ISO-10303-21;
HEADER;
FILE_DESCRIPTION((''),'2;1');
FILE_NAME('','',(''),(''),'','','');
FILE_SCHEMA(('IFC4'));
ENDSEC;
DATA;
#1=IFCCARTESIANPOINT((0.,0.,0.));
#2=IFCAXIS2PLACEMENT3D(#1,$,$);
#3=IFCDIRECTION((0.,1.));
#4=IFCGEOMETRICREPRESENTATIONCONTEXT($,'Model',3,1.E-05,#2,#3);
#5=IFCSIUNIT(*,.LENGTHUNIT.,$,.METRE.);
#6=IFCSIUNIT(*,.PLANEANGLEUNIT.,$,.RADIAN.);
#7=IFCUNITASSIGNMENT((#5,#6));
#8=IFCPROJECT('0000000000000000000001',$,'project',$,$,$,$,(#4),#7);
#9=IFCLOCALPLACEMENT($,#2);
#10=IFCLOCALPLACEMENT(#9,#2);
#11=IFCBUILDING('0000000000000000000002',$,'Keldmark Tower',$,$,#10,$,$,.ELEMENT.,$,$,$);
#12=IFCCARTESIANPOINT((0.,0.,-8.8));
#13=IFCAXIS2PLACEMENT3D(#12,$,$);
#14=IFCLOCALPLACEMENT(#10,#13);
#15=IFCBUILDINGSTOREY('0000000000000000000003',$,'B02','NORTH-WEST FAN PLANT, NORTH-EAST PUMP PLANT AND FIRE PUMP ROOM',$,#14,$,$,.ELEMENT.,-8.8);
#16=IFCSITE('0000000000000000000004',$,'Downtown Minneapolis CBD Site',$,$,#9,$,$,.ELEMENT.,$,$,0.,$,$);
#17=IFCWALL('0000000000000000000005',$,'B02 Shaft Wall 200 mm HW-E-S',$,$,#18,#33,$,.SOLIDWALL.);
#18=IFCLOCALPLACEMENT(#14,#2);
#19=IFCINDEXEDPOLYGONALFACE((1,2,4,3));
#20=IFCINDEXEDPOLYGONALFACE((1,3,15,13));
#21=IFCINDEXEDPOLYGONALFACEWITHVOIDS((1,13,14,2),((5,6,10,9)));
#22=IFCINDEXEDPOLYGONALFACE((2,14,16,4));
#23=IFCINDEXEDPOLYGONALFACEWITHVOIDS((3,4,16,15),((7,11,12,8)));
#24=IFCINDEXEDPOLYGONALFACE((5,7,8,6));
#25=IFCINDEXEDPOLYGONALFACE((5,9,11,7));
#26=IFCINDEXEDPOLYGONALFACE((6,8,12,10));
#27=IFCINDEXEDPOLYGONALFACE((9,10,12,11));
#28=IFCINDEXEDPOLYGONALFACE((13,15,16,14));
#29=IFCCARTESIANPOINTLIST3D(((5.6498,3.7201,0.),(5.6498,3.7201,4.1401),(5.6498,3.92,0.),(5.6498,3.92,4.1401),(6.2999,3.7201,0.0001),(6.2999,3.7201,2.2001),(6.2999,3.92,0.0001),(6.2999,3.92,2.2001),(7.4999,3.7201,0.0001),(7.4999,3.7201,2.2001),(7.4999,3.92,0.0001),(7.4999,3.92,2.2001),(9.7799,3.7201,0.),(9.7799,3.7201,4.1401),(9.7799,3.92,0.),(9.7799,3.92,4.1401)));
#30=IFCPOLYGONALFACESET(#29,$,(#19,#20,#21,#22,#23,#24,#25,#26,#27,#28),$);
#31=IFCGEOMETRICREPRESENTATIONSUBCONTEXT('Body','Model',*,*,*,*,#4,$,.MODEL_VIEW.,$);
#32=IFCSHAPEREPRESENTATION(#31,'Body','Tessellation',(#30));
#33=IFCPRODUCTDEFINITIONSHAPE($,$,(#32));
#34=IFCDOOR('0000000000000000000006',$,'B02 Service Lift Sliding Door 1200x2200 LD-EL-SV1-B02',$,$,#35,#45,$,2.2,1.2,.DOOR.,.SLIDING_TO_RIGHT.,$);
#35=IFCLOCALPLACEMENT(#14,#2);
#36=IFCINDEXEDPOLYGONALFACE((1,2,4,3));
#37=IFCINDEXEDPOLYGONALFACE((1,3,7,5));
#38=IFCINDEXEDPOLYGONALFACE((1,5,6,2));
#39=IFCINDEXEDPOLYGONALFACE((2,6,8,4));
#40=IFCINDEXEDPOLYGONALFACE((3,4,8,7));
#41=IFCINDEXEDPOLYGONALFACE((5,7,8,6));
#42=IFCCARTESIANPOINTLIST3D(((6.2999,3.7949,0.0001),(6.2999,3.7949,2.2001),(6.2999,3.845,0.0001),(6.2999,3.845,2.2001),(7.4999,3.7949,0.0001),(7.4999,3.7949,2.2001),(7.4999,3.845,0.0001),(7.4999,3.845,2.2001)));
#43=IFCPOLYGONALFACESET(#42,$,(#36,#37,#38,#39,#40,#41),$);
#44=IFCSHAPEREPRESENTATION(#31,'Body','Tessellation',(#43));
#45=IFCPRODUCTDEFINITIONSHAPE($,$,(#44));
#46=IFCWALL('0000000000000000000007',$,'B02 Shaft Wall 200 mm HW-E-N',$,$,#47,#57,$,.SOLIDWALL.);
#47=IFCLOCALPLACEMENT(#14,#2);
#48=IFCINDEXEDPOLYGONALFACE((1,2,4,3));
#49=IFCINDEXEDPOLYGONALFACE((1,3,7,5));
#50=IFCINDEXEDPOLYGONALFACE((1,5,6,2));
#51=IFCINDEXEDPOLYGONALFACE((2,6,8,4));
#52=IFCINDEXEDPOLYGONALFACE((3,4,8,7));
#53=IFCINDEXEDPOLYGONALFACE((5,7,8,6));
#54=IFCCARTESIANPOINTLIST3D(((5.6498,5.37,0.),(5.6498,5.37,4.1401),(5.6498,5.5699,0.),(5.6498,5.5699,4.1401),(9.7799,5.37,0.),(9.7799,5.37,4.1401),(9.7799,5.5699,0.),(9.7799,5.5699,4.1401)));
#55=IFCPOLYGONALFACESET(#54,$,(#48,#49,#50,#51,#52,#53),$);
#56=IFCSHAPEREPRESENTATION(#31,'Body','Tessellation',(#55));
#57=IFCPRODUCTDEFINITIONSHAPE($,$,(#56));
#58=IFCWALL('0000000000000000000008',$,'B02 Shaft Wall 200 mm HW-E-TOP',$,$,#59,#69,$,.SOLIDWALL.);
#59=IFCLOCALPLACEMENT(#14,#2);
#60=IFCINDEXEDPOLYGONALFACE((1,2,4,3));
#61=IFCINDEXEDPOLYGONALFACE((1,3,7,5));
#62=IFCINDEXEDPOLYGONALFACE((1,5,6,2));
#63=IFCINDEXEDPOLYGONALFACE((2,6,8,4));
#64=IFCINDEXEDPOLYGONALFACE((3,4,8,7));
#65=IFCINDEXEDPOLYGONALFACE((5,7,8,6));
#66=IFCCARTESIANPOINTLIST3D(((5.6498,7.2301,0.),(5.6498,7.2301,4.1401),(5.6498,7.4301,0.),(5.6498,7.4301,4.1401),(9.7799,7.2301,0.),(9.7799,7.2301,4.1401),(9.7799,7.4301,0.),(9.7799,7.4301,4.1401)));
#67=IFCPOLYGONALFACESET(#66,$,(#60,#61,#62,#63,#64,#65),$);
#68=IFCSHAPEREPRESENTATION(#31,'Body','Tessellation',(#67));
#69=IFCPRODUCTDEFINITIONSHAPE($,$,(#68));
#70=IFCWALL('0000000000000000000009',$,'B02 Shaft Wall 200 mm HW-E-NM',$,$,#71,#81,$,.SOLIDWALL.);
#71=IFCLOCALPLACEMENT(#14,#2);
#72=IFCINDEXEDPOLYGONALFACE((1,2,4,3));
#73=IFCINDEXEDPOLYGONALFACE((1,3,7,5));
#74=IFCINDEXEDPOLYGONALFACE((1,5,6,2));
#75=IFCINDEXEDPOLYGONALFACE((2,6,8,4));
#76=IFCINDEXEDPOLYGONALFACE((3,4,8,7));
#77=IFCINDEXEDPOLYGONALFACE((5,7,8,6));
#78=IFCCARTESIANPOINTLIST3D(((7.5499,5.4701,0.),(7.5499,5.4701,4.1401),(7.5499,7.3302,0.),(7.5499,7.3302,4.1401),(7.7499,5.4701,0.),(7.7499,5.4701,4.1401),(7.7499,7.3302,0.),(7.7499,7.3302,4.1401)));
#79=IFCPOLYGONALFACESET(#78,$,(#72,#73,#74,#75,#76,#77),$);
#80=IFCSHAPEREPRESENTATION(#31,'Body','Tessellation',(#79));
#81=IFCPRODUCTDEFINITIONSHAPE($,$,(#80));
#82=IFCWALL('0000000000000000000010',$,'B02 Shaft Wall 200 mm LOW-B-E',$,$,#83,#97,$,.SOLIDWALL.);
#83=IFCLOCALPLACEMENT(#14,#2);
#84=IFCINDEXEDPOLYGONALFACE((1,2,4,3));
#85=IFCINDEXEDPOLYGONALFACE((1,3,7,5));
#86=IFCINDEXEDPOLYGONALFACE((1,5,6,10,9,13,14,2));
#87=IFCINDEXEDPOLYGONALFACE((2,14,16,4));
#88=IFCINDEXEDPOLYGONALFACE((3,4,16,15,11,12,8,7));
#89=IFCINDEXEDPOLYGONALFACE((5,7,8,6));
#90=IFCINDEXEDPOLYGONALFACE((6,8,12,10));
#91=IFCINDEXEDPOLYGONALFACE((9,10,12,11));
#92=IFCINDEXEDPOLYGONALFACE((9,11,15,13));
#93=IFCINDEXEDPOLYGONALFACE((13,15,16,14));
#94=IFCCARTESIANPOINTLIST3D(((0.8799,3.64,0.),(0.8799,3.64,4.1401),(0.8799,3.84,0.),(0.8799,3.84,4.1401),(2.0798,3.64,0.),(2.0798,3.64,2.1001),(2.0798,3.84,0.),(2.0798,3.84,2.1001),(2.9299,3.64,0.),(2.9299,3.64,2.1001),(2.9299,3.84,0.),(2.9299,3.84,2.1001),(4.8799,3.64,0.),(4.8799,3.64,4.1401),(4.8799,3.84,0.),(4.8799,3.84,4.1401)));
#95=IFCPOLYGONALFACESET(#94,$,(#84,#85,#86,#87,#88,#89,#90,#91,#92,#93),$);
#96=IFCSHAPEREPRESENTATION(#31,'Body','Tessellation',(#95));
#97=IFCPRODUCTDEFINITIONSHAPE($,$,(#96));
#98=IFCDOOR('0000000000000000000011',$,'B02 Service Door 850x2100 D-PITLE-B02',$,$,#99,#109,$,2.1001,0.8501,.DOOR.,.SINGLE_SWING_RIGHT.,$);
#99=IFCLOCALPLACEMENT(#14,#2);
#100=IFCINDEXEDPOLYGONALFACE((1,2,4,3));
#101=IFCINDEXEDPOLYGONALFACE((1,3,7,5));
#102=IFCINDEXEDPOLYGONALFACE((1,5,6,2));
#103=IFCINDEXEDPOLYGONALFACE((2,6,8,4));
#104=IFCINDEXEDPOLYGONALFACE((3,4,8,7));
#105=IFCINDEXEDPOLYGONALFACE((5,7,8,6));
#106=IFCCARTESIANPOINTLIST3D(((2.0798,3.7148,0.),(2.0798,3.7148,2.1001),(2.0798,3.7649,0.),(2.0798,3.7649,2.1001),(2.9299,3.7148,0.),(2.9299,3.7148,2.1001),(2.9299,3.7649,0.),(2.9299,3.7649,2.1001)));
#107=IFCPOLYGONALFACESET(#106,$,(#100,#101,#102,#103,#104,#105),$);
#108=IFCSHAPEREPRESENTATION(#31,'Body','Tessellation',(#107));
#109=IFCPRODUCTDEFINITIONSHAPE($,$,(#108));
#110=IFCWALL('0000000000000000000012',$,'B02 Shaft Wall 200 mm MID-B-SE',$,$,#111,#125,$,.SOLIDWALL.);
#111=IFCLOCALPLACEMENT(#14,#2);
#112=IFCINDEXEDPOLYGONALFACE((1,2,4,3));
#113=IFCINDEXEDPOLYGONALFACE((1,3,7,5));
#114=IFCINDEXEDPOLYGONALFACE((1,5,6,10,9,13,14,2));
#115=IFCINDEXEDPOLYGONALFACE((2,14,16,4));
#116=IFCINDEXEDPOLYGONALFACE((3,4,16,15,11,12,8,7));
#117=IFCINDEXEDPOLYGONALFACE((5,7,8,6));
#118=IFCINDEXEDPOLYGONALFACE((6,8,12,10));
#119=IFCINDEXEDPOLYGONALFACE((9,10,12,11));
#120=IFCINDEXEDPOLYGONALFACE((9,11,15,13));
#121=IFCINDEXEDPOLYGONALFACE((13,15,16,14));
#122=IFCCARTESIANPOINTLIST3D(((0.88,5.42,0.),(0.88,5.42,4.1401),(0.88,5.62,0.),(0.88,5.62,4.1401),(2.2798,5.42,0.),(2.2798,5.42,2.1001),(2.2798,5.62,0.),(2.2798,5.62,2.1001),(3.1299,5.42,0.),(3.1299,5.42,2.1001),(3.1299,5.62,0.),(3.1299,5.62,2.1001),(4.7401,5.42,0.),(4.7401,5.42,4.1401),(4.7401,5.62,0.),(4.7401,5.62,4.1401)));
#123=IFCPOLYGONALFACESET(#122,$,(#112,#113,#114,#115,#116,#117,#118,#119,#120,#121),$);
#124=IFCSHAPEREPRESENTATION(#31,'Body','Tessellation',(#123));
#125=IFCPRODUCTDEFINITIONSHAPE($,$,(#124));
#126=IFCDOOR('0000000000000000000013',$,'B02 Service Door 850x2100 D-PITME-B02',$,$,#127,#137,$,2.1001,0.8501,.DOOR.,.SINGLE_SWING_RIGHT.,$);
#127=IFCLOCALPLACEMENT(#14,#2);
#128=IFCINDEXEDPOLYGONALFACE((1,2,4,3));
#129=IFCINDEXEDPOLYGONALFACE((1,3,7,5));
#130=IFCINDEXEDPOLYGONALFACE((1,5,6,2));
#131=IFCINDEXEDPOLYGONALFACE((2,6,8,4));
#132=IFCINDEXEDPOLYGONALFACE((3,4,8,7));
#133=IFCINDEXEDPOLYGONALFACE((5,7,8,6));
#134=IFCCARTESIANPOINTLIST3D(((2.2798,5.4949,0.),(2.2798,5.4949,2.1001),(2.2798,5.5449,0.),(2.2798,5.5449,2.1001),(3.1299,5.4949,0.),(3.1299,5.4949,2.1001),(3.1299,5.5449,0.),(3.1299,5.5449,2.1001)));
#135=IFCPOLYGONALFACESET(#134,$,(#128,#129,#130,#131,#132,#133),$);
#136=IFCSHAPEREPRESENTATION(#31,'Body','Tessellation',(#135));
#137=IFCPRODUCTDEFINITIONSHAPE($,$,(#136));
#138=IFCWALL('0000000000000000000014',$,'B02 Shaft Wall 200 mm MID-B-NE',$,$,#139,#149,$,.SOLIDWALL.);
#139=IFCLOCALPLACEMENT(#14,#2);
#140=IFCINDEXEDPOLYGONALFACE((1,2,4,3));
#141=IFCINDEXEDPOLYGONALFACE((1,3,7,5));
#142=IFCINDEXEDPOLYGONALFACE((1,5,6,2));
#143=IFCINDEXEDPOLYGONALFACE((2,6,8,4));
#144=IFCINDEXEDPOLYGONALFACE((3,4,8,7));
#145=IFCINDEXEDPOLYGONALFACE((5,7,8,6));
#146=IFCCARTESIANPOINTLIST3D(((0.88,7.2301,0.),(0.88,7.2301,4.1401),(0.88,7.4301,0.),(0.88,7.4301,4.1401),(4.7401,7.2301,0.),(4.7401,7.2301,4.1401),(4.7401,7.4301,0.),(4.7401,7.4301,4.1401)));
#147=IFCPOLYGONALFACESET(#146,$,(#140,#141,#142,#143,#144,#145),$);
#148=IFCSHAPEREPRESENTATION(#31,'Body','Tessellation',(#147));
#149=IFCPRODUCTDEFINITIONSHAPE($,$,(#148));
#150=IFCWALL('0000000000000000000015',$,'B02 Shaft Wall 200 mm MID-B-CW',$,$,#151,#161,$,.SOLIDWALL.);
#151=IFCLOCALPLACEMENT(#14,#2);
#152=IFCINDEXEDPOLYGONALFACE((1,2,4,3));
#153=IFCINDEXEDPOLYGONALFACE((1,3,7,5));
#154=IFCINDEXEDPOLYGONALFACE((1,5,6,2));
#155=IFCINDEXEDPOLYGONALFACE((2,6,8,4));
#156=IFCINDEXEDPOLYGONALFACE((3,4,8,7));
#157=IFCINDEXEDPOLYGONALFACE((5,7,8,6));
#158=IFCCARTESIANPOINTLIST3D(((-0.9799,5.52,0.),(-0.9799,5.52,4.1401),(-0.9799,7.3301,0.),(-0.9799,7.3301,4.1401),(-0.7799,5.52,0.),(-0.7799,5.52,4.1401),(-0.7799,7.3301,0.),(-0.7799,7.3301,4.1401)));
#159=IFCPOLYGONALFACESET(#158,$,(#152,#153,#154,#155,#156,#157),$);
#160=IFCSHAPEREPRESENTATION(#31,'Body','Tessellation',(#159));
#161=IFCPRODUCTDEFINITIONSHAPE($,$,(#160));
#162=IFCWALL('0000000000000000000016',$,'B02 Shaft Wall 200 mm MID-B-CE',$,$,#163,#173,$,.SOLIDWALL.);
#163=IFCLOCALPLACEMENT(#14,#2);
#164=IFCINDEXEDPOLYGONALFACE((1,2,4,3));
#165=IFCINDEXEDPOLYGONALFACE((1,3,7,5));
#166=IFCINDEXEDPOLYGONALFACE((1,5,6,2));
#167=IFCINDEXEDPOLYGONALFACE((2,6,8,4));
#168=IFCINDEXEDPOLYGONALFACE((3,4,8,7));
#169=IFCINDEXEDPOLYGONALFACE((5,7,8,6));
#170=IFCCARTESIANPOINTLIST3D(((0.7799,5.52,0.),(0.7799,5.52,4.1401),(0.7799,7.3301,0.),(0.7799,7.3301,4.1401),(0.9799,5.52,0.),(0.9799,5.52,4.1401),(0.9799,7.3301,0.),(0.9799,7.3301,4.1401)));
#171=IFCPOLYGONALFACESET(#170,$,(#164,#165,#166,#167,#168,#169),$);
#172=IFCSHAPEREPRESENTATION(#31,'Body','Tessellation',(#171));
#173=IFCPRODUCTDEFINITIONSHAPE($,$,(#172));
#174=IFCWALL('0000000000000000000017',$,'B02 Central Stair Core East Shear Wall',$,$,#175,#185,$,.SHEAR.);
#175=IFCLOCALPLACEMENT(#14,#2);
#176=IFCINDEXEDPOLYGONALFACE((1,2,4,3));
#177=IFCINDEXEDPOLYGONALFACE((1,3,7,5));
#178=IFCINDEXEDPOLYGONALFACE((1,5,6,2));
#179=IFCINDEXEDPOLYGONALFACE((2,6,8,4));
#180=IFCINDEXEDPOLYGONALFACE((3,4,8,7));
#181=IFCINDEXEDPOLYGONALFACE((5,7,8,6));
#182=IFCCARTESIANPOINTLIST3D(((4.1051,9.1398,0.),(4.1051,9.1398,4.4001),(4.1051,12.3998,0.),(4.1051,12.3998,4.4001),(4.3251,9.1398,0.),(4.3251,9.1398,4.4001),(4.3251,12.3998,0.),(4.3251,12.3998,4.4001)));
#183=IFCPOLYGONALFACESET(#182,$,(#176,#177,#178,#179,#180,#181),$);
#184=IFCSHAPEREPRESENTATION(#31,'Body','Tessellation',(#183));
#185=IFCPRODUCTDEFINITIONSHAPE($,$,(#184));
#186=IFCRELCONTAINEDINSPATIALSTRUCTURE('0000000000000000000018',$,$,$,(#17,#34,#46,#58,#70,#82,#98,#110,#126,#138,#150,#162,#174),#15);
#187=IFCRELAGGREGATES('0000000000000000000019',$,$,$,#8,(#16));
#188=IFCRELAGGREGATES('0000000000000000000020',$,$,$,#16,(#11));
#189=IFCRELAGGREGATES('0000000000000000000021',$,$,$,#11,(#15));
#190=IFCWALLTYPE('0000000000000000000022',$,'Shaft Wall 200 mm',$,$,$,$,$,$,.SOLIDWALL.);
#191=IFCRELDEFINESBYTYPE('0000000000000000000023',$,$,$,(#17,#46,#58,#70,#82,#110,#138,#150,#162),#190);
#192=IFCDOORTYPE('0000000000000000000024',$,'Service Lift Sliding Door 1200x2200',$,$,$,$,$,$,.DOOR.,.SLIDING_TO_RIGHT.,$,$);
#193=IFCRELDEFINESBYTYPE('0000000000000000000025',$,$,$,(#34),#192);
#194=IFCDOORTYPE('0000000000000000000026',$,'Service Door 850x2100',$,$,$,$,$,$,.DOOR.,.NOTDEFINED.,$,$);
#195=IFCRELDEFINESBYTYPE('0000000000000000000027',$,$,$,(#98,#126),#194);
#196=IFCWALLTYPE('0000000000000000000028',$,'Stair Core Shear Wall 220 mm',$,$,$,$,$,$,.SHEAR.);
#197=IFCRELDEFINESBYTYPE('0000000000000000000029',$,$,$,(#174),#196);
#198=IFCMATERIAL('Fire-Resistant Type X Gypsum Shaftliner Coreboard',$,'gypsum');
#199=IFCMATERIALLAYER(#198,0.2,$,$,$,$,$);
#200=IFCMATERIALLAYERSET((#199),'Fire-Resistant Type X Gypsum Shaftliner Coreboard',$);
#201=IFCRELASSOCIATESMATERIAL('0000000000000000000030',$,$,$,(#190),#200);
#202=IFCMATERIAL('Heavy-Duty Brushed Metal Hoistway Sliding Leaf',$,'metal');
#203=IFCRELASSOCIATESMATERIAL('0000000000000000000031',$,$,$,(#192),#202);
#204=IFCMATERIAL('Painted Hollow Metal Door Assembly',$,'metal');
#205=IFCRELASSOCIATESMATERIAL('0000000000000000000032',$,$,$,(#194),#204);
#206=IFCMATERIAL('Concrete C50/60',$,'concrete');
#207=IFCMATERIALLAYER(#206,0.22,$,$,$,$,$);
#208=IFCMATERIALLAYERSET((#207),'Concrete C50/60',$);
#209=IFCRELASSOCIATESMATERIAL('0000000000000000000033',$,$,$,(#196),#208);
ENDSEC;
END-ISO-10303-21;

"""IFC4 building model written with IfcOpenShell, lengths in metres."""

from ifc_helpers import new_model, si_unit, direction, frame, frame_2d, origin, place, context, subcontext, project, spatial, rectangle, extrude, material, layer, layer_set, type_object, element, fill, save


model = new_model("IFC4")

# Units and contexts
model_context = context("Model", 3, precision=1e-05, world=origin(), true_north=direction((0.0, 1.0)))
body_context = subcontext(model_context, "Body", "Model", "MODEL_VIEW")
ifc_project = project(units=[si_unit("LENGTHUNIT", "METRE"), si_unit("PLANEANGLEUNIT", "RADIAN")], contexts=[model_context])

# Site, building, storey
site_placement = place(None, origin())
site = spatial("IfcSite", under=ifc_project, at=site_placement, Name="Downtown Minneapolis CBD Site", CompositionType="ELEMENT", RefElevation=0.0)
building_placement = place(site_placement, origin())
building = spatial("IfcBuilding", under=site, at=building_placement, Name="Keldmark Tower", CompositionType="ELEMENT")
storey_placement = place(building_placement, frame((0.0, 0.0, -8.8)))
storey = spatial("IfcBuildingStorey", under=building, at=storey_placement, Name="B02", Description="NORTH-WEST FAN PLANT, NORTH-EAST PUMP PLANT AND FIRE PUMP ROOM", CompositionType="ELEMENT", Elevation=-8.8)

# Wall, opening, door
ifc_material_1 = material(Name="Fire-Resistant Type X Gypsum Shaftliner Coreboard", Category="gypsum")
ifc_layer_1 = layer(ifc_material_1, 0.2)
ifc_layer_set_1 = layer_set([ifc_layer_1], Name="Fire-Resistant Type X Gypsum Shaftliner Coreboard")
wall_type_1 = type_object("IfcWallType", Name="Shaft Wall 200 mm", PredefinedType="SOLIDWALL", material=ifc_layer_set_1)
wall_1_placement = place(storey_placement, frame((5.6499, 3.8201, 0.0), z_axis=(0.0, 0.0, 1.0), x_axis=(1.0, 0.0, 0.0)))
wall_1 = element("IfcWall", 1, at=wall_1_placement, inside=storey, type_object=wall_type_1, Name="B02 Shaft Wall 200 mm HW-E-S", PredefinedType="SOLIDWALL", context=body_context, shape_type="SweptSolid", body=[
    extrude(rectangle(XDim=4.1301, YDim=0.2, at=frame_2d((2.0649, 0.0))), origin(), (0.0, 0.0, 1.0), 4.1401),
])
opening_1_placement = place(wall_1_placement, frame((0.6499, 0.0, 0.0)))
opening_1 = element("IfcOpeningElement", 2, at=opening_1_placement, cuts=wall_1, PredefinedType="OPENING", context=body_context, shape_type="SweptSolid", body=[
    extrude(rectangle(XDim=1.2, YDim=2.2, at=frame_2d((0.6001, 1.1001))), frame((0.0, 0.1099, 0.0), z_axis=(0.0, -1.0, 0.0), x_axis=(1.0, 0.0, 0.0)), (0.0, 0.0, 1.0), 0.22),
])
ifc_material_2 = material(Name="Heavy-Duty Brushed Metal Hoistway Sliding Leaf", Category="metal")
door_type_1 = type_object("IfcDoorType", Name="Service Lift Sliding Door 1200x2200", OperationType="SLIDING_TO_RIGHT", PredefinedType="DOOR", material=ifc_material_2)
door_1_placement = place(opening_1_placement, origin())
door_1 = element("IfcDoor", 3, at=door_1_placement, inside=storey, type_object=door_type_1, Name="B02 Service Lift Sliding Door 1200x2200 LD-EL-SV1-B02", OperationType="SLIDING_TO_RIGHT", OverallHeight=2.2, OverallWidth=1.2, PredefinedType="DOOR", context=body_context, shape_type="SweptSolid", body=[
    extrude(rectangle(XDim=1.2, YDim=2.2, at=frame_2d((0.6001, 1.1001))), frame((0.0, 0.0249, 0.0), z_axis=(0.0, -1.0, 0.0), x_axis=(1.0, 0.0, 0.0)), (0.0, 0.0, 1.0), 0.05),
])
fill(opening_1, door_1)

# Walls
for number, where, z_axis, x_axis, name in (
    (4, (5.6499, 5.47, 0.0), (0.0, 0.0, 1.0), (1.0, 0.0, 0.0), "B02 Shaft Wall 200 mm HW-E-N"),
    (5, (5.6499, 7.3301, 0.0), (0.0, 0.0, 1.0), (1.0, 0.0, 0.0), "B02 Shaft Wall 200 mm HW-E-TOP"),
):
    element("IfcWall", number, at=place(storey_placement, frame(where, z_axis=z_axis, x_axis=x_axis)), inside=storey, type_object=wall_type_1, Name=name, PredefinedType="SOLIDWALL", context=body_context, shape_type="SweptSolid", body=[
        extrude(rectangle(XDim=4.1301, YDim=0.2, at=frame_2d((2.0649, 0.0))), origin(), (0.0, 0.0, 1.0), 4.1401),
    ])
wall_2_placement = place(storey_placement, frame((7.6499, 5.47, 0.0), z_axis=(0.0, 0.0, 1.0), x_axis=(0.0, 1.0, 0.0)))
element("IfcWall", 6, at=wall_2_placement, inside=storey, type_object=wall_type_1, Name="B02 Shaft Wall 200 mm HW-E-NM", PredefinedType="SOLIDWALL", context=body_context, shape_type="SweptSolid", body=[
    extrude(rectangle(XDim=1.8601, YDim=0.2, at=frame_2d((0.9302, 0.0))), origin(), (0.0, 0.0, 1.0), 4.1401),
])

# Walls, openings, doors
wall_3_placement = place(storey_placement, frame((0.8799, 3.74, 0.0), z_axis=(0.0, 0.0, 1.0), x_axis=(1.0, 0.0, 0.0)))
wall_3 = element("IfcWall", 7, at=wall_3_placement, inside=storey, type_object=wall_type_1, Name="B02 Shaft Wall 200 mm LOW-B-E", PredefinedType="SOLIDWALL", context=body_context, shape_type="SweptSolid", body=[
    extrude(rectangle(XDim=4.0, YDim=0.2, at=frame_2d((2.0, 0.0))), origin(), (0.0, 0.0, 1.0), 4.1401),
])
opening_2_placement = place(wall_3_placement, frame((1.2, 0.0, 0.0)))
opening_2 = element("IfcOpeningElement", 8, at=opening_2_placement, cuts=wall_3, PredefinedType="OPENING", context=body_context, shape_type="SweptSolid", body=[
    extrude(rectangle(XDim=0.8501, YDim=2.1001, at=frame_2d((0.425, 1.05))), frame((0.0, 0.1099, 0.0), z_axis=(0.0, -1.0, 0.0), x_axis=(1.0, 0.0, 0.0)), (0.0, 0.0, 1.0), 0.22),
])
ifc_material_3 = material(Name="Painted Hollow Metal Door Assembly", Category="metal")
door_type_2 = type_object("IfcDoorType", Name="Service Door 850x2100", OperationType="NOTDEFINED", PredefinedType="DOOR", material=ifc_material_3)
door_2_placement = place(opening_2_placement, origin())
door_2 = element("IfcDoor", 9, at=door_2_placement, inside=storey, type_object=door_type_2, Name="B02 Service Door 850x2100 D-PITLE-B02", OperationType="SINGLE_SWING_RIGHT", OverallHeight=2.1001, OverallWidth=0.8501, PredefinedType="DOOR", context=body_context, shape_type="SweptSolid", body=[
    extrude(rectangle(XDim=0.8501, YDim=2.1001, at=frame_2d((0.425, 1.05))), frame((0.0, 0.0249, 0.0), z_axis=(0.0, -1.0, 0.0), x_axis=(1.0, 0.0, 0.0)), (0.0, 0.0, 1.0), 0.05),
])
fill(opening_2, door_2)
wall_4_placement = place(storey_placement, frame((0.8799, 5.52, 0.0), z_axis=(0.0, 0.0, 1.0), x_axis=(1.0, 0.0, 0.0)))
wall_4 = element("IfcWall", 10, at=wall_4_placement, inside=storey, type_object=wall_type_1, Name="B02 Shaft Wall 200 mm MID-B-SE", PredefinedType="SOLIDWALL", context=body_context, shape_type="SweptSolid", body=[
    extrude(rectangle(XDim=3.8601, YDim=0.2, at=frame_2d((1.9302, 0.0))), origin(), (0.0, 0.0, 1.0), 4.1401),
])
opening_3_placement = place(wall_4_placement, frame((1.3999, 0.0, 0.0)))
opening_3 = element("IfcOpeningElement", 11, at=opening_3_placement, cuts=wall_4, PredefinedType="OPENING", context=body_context, shape_type="SweptSolid", body=[
    extrude(rectangle(XDim=0.8501, YDim=2.1001, at=frame_2d((0.425, 1.05))), frame((0.0, 0.1099, 0.0), z_axis=(0.0, -1.0, 0.0), x_axis=(1.0, 0.0, 0.0)), (0.0, 0.0, 1.0), 0.22),
])
door_3_placement = place(opening_3_placement, origin())
door_3 = element("IfcDoor", 12, at=door_3_placement, inside=storey, type_object=door_type_2, Name="B02 Service Door 850x2100 D-PITME-B02", OperationType="SINGLE_SWING_RIGHT", OverallHeight=2.1001, OverallWidth=0.8501, PredefinedType="DOOR", context=body_context, shape_type="SweptSolid", body=[
    extrude(rectangle(XDim=0.8501, YDim=2.1001, at=frame_2d((0.425, 1.05))), frame((0.0, 0.0249, 0.0), z_axis=(0.0, -1.0, 0.0), x_axis=(1.0, 0.0, 0.0)), (0.0, 0.0, 1.0), 0.05),
])
fill(opening_3, door_3)

# Walls
wall_5_placement = place(storey_placement, frame((0.8799, 7.3301, 0.0), z_axis=(0.0, 0.0, 1.0), x_axis=(1.0, 0.0, 0.0)))
element("IfcWall", 13, at=wall_5_placement, inside=storey, type_object=wall_type_1, Name="B02 Shaft Wall 200 mm MID-B-NE", PredefinedType="SOLIDWALL", context=body_context, shape_type="SweptSolid", body=[
    extrude(rectangle(XDim=3.8601, YDim=0.2, at=frame_2d((1.9302, 0.0))), origin(), (0.0, 0.0, 1.0), 4.1401),
])
for number, where, z_axis, x_axis, name in (
    (14, (-0.8799, 5.52, 0.0), (0.0, 0.0, 1.0), (0.0, 1.0, 0.0), "B02 Shaft Wall 200 mm MID-B-CW"),
    (15, (0.8799, 5.52, 0.0), (0.0, 0.0, 1.0), (0.0, 1.0, 0.0), "B02 Shaft Wall 200 mm MID-B-CE"),
):
    element("IfcWall", number, at=place(storey_placement, frame(where, z_axis=z_axis, x_axis=x_axis)), inside=storey, type_object=wall_type_1, Name=name, PredefinedType="SOLIDWALL", context=body_context, shape_type="SweptSolid", body=[
        extrude(rectangle(XDim=1.8101, YDim=0.2, at=frame_2d((0.905, 0.0))), origin(), (0.0, 0.0, 1.0), 4.1401),
    ])
ifc_material_4 = material(Name="Concrete C50/60", Category="concrete")
ifc_layer_2 = layer(ifc_material_4, 0.22)
ifc_layer_set_2 = layer_set([ifc_layer_2], Name="Concrete C50/60")
wall_type_2 = type_object("IfcWallType", Name="Stair Core Shear Wall 220 mm", PredefinedType="SHEAR", material=ifc_layer_set_2)
wall_6_placement = place(storey_placement, frame((4.2151, 9.1399, 0.0), z_axis=(0.0, 0.0, 1.0), x_axis=(0.0, 1.0, 0.0)))
element("IfcWall", 16, at=wall_6_placement, inside=storey, type_object=wall_type_2, Name="B02 Central Stair Core East Shear Wall", PredefinedType="SHEAR", context=body_context, shape_type="SweptSolid", body=[
    extrude(rectangle(XDim=3.26, YDim=0.22, at=frame_2d((1.6299, 0.0))), origin(), (0.0, 0.0, 1.0), 4.4001),
])

save(model, "model.ifc")
